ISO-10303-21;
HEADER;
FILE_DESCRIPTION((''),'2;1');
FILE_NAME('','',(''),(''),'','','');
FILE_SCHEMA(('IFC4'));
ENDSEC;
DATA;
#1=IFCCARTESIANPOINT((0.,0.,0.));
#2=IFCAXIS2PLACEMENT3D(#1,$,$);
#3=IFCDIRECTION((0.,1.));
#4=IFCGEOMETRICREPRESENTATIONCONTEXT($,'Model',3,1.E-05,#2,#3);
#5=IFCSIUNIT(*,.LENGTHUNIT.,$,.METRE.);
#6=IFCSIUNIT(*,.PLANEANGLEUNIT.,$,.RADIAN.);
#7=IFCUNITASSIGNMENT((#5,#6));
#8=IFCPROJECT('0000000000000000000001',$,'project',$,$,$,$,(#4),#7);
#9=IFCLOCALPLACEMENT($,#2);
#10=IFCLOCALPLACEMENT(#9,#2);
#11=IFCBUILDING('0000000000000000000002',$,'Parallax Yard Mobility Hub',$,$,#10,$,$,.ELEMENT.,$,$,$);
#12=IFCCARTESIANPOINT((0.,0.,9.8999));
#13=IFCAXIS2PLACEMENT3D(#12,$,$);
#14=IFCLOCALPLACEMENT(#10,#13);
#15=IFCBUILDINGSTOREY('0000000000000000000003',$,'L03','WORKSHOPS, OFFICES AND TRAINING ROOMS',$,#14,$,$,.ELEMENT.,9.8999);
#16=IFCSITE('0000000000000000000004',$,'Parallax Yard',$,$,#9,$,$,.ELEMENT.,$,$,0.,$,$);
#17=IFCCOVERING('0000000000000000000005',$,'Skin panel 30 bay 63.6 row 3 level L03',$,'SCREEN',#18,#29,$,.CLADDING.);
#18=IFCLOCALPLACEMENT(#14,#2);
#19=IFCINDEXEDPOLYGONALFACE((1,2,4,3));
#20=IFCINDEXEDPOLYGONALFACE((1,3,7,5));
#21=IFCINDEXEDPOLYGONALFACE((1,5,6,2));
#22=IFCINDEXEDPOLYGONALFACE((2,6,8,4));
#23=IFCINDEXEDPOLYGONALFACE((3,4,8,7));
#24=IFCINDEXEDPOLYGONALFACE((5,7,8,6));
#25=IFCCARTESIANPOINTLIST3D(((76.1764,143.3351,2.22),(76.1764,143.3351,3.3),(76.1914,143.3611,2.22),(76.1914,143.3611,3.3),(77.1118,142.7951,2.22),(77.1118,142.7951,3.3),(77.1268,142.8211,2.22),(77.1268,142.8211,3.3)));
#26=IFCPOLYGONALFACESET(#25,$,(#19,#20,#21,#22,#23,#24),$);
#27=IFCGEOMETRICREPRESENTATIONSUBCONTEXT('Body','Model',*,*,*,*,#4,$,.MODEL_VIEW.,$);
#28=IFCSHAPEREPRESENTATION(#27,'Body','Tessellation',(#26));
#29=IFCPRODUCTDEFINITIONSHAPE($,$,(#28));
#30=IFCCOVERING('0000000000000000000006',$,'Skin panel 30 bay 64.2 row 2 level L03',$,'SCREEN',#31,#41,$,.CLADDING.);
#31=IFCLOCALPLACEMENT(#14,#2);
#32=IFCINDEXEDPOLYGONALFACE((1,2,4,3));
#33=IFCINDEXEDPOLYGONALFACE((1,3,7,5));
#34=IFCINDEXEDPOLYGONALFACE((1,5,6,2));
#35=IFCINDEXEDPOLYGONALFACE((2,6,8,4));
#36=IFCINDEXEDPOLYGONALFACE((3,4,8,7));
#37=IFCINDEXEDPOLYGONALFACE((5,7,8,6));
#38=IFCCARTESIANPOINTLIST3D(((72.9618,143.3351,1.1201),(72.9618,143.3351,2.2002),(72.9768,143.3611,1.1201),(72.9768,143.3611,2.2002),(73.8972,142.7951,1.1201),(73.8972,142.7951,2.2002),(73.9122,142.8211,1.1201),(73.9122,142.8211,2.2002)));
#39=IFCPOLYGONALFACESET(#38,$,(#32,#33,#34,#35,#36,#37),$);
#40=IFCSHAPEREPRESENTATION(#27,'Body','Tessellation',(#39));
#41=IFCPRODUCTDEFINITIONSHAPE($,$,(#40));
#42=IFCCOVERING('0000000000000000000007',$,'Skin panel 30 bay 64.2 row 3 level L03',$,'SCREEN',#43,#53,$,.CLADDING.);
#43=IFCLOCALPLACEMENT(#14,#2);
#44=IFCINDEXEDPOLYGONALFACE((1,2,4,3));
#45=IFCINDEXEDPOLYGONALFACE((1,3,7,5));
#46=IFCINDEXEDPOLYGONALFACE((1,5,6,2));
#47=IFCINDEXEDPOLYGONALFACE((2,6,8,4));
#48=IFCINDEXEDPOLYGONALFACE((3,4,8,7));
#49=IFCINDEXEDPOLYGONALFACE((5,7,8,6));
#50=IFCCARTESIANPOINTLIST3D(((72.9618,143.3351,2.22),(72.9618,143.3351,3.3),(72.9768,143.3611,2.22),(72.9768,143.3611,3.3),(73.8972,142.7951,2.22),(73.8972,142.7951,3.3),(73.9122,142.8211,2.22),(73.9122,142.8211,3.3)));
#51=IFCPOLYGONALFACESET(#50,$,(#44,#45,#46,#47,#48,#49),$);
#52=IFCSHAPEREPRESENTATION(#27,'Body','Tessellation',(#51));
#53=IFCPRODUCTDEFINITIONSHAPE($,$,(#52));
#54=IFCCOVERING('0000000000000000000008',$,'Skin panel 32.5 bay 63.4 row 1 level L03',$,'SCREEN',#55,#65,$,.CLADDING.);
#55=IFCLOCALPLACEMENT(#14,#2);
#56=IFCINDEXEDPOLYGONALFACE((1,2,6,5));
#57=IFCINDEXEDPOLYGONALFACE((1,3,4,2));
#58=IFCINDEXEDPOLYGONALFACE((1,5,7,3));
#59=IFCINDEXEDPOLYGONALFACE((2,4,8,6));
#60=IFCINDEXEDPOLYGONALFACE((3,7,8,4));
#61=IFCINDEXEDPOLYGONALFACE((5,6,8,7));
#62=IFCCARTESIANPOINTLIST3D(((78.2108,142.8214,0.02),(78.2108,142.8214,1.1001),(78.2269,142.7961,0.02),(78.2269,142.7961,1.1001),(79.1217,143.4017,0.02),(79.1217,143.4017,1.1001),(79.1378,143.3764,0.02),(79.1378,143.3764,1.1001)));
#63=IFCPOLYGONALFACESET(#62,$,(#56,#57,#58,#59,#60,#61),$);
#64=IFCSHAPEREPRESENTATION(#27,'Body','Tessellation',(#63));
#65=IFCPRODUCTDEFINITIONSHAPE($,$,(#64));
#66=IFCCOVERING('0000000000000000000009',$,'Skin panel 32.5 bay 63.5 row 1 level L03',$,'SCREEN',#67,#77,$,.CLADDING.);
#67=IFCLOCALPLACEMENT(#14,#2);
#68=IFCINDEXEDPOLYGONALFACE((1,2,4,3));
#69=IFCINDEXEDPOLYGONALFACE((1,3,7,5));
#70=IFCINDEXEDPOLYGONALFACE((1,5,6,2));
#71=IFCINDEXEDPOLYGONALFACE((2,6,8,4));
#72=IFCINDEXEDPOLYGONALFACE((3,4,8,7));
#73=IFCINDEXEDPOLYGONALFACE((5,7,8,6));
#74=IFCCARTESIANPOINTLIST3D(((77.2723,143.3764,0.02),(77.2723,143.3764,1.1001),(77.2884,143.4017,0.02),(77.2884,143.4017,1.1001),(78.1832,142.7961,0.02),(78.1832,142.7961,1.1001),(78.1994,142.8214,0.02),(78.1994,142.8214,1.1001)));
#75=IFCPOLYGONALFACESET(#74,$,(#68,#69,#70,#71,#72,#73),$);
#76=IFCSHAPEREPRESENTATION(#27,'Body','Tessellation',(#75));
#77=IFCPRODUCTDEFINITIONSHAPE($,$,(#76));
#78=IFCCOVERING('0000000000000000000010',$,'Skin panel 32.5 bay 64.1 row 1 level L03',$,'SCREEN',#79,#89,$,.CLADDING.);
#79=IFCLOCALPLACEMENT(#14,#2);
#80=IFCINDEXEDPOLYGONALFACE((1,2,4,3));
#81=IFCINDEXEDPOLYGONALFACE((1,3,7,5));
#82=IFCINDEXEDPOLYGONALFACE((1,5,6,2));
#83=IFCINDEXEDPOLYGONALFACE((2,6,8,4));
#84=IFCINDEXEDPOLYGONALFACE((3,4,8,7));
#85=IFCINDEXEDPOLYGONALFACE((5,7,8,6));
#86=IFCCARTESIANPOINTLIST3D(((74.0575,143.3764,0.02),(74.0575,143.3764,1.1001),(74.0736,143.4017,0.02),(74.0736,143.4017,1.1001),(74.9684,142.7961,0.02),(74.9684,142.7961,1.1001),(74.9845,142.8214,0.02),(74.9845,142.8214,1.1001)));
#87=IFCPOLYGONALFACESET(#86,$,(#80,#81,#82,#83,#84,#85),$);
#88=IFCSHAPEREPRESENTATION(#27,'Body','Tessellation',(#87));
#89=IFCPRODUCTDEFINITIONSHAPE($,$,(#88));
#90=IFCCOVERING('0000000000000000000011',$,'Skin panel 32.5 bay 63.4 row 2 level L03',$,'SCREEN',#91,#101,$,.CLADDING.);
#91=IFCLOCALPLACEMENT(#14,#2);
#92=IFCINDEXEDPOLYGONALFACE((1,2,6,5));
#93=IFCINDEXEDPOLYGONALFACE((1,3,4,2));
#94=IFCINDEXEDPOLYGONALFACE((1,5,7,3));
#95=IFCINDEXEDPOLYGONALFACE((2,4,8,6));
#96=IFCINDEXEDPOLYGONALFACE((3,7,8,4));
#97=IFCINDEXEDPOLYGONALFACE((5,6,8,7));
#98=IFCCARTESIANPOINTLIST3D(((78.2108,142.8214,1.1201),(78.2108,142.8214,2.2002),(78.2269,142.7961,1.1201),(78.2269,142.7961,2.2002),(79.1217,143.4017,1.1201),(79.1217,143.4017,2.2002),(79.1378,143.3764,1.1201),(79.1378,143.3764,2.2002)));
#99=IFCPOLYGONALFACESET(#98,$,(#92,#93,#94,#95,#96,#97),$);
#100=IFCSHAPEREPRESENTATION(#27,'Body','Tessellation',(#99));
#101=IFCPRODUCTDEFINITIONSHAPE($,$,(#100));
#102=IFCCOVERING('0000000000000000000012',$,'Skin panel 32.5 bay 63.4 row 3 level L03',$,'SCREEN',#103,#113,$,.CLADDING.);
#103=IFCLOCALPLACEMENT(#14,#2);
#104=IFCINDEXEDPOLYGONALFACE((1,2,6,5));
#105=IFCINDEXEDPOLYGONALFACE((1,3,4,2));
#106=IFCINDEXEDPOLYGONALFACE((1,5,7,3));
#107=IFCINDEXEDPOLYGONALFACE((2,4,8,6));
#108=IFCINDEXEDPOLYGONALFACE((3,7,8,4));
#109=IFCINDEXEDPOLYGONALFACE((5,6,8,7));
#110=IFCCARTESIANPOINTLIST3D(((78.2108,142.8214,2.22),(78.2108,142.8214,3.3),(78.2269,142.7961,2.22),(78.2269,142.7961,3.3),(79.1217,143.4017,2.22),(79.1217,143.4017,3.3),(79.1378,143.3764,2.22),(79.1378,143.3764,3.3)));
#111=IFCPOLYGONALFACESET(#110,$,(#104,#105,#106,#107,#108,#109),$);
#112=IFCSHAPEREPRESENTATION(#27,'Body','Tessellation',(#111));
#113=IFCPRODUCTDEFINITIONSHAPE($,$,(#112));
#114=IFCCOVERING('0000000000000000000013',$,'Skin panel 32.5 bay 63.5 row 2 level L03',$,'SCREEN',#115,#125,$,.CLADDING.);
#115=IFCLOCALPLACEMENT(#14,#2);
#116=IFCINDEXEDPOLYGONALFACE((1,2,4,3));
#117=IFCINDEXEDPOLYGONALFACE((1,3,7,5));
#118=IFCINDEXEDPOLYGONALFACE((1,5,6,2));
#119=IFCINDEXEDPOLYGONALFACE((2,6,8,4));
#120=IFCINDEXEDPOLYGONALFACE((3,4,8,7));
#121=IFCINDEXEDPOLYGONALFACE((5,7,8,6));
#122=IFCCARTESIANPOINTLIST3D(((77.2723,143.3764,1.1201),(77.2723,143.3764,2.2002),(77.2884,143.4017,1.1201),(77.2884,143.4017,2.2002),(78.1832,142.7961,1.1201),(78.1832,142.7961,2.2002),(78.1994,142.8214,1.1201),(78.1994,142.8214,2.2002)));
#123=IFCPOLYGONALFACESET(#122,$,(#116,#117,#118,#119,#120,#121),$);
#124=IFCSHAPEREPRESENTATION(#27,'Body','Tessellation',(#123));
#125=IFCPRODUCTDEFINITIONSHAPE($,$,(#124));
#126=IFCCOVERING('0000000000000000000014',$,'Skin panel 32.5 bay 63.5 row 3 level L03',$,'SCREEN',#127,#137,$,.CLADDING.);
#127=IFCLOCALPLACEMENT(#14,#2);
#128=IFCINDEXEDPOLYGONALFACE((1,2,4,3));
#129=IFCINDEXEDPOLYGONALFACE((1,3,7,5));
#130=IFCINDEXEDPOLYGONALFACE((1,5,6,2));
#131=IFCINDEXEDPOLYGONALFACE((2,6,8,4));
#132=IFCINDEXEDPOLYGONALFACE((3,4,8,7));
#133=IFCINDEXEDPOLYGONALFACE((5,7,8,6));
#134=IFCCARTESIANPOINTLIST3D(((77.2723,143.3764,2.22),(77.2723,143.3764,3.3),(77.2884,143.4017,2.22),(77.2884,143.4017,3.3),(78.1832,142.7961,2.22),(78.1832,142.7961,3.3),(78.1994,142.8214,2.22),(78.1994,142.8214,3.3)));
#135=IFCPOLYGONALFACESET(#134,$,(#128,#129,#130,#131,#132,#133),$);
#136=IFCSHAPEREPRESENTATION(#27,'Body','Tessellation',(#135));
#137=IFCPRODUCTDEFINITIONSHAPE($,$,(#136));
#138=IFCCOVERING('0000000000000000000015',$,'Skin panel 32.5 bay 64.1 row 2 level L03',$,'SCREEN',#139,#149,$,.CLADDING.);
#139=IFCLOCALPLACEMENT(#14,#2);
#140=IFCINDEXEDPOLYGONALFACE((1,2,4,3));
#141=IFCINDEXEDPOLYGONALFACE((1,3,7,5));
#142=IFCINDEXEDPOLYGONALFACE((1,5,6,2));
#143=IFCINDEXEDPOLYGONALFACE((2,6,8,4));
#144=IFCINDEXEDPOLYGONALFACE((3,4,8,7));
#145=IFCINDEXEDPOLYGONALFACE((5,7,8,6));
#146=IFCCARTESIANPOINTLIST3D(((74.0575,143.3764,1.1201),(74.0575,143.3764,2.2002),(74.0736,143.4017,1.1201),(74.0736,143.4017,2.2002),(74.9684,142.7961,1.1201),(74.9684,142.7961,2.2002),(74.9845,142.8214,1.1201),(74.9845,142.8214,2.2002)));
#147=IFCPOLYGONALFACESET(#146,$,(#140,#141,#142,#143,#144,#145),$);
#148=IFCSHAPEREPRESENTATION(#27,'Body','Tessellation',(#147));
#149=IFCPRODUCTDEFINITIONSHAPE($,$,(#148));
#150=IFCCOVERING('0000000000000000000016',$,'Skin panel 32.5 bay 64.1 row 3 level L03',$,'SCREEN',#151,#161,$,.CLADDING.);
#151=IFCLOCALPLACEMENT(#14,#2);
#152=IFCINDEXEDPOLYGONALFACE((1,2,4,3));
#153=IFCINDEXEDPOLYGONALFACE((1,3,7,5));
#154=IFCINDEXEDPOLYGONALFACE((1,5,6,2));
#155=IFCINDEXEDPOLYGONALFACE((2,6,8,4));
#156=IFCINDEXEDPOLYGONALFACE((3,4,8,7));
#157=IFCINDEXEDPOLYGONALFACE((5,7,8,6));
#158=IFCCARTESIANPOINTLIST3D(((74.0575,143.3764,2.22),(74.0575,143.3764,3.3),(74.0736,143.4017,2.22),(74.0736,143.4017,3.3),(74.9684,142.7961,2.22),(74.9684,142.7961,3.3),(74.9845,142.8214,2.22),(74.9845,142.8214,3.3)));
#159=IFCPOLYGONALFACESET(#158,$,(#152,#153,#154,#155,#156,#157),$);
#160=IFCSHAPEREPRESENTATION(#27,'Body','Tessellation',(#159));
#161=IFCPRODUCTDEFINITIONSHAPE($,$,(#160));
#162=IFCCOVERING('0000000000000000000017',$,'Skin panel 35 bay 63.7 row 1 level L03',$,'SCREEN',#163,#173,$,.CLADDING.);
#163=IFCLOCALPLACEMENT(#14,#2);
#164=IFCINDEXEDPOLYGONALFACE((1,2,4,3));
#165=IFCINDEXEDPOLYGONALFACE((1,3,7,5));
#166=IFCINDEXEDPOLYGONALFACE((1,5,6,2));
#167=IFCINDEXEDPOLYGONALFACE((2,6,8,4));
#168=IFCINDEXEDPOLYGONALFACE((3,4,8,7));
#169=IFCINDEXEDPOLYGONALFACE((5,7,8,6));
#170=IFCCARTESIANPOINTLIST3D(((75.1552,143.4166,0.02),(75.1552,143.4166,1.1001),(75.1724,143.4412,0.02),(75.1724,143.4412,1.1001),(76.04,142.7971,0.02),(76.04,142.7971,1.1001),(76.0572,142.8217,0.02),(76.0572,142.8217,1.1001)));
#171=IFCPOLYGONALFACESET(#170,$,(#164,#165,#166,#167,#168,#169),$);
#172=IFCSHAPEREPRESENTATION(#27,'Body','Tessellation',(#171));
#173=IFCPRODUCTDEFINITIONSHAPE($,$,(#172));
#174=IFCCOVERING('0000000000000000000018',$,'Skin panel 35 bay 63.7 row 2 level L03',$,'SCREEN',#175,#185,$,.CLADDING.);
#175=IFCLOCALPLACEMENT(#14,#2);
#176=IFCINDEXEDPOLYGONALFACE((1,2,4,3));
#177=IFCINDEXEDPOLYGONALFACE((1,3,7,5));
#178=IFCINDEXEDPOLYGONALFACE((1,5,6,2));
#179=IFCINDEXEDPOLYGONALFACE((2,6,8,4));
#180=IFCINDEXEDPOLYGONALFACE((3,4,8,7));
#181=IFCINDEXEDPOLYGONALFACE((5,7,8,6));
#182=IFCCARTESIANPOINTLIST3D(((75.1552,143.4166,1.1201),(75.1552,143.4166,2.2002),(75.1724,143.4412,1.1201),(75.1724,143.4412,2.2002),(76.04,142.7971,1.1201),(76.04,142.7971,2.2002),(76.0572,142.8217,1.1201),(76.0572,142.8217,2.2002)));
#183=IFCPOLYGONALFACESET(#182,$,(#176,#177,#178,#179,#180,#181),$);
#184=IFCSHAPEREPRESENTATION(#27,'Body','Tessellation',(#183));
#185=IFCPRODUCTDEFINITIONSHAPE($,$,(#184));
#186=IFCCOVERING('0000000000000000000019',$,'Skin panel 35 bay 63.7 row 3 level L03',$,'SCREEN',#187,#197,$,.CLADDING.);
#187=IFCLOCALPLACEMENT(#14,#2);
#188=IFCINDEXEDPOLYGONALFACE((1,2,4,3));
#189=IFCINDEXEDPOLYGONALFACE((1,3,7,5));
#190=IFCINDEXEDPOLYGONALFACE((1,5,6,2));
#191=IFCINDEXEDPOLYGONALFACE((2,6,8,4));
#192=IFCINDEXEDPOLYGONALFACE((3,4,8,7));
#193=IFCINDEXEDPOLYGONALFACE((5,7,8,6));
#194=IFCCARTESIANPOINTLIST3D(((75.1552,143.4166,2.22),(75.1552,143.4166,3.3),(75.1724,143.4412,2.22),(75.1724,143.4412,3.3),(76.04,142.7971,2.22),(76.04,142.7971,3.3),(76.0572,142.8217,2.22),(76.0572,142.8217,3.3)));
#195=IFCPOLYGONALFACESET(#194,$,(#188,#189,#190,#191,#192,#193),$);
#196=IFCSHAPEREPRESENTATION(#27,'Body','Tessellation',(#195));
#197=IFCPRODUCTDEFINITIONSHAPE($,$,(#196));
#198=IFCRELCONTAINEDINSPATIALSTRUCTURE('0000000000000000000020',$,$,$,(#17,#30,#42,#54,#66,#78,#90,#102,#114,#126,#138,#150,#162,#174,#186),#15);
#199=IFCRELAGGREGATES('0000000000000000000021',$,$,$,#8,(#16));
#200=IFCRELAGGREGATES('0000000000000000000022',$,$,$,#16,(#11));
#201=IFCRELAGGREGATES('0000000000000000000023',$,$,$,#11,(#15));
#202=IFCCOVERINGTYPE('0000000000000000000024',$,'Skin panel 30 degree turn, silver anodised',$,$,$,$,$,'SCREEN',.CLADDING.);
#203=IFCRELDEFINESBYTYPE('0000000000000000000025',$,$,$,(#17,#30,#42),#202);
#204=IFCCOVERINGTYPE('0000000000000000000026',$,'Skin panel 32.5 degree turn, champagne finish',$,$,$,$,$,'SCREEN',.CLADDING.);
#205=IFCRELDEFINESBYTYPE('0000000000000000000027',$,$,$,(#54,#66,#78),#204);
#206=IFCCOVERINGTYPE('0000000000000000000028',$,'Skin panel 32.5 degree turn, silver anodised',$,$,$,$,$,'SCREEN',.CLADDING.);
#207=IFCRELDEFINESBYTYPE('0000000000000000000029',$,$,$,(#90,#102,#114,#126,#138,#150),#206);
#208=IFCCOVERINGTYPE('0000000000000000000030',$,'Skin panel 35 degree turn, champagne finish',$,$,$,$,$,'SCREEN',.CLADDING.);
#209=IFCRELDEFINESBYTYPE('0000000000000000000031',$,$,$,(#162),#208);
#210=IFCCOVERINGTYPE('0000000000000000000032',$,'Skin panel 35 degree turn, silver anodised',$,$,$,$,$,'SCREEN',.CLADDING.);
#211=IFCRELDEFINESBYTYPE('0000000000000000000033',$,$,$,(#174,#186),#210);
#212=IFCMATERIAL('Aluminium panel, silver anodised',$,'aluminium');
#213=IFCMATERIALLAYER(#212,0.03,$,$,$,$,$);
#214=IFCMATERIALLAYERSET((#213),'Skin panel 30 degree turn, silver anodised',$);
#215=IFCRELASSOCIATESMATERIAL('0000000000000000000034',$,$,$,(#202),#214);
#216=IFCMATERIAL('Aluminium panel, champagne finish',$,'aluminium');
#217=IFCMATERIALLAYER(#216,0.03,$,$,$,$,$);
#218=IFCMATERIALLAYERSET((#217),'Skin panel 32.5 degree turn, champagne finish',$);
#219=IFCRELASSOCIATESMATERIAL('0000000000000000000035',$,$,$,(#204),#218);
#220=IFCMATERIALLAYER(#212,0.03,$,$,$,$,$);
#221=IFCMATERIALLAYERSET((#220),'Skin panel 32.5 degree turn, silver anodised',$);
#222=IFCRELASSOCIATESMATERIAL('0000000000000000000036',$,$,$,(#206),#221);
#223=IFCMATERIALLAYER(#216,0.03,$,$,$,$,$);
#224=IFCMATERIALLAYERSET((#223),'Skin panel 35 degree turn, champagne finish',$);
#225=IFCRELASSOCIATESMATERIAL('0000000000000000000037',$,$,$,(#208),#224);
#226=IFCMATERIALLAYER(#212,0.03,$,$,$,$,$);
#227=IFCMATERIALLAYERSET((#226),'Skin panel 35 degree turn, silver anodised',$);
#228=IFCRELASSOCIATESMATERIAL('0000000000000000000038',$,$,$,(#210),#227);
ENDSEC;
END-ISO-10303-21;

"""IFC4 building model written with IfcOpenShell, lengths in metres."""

from ifc_helpers import new_model, si_unit, direction, frame, origin, origin_2d, place, context, subcontext, project, spatial, rectangle, extrude, material, layer, layer_set, type_object, element, save


model = new_model("IFC4")

# Units and contexts
model_context = context("Model", 3, precision=1e-05, world=origin(), true_north=direction((0.0, 1.0)))
body_context = subcontext(model_context, "Body", "Model", "MODEL_VIEW")
ifc_project = project(units=[si_unit("LENGTHUNIT", "METRE"), si_unit("PLANEANGLEUNIT", "RADIAN")], contexts=[model_context])

# Site, building, storey
site_placement = place(None, origin())
site = spatial("IfcSite", under=ifc_project, at=site_placement, Name="Parallax Yard", CompositionType="ELEMENT", RefElevation=0.0)
building_placement = place(site_placement, origin())
building = spatial("IfcBuilding", under=site, at=building_placement, Name="Parallax Yard Mobility Hub", CompositionType="ELEMENT")
storey_placement = place(building_placement, frame((0.0, 0.0, 9.8999)))
storey = spatial("IfcBuildingStorey", under=building, at=storey_placement, Name="L03", Description="WORKSHOPS, OFFICES AND TRAINING ROOMS", CompositionType="ELEMENT", Elevation=9.8999)

# Coverings
ifc_material_1 = material(Name="Aluminium panel, silver anodised", Category="aluminium")
ifc_material_2 = material(Name="Aluminium panel, champagne finish", Category="aluminium")
ifc_layer_1 = layer(ifc_material_1, 0.03)
ifc_layer_set_1 = layer_set([ifc_layer_1], Name="Skin panel 30 degree turn, silver anodised")
covering_type_1 = type_object("IfcCoveringType", Name="Skin panel 30 degree turn, silver anodised", ElementType="SCREEN", PredefinedType="CLADDING", material=ifc_layer_set_1)
for number, where, z_axis, x_axis, name in (
    (1, (76.6516, 143.0781, 2.22), (0.0, 0.0, 1.0), (-0.866025, 0.5, 0.0), "Skin panel 30 bay 63.6 row 3 level L03"),
    (2, (73.437, 143.0781, 1.1201), (0.0, 0.0, 1.0), (-0.866025, 0.5, 0.0), "Skin panel 30 bay 64.2 row 2 level L03"),
    (3, (73.437, 143.0781, 2.22), (0.0, 0.0, 1.0), (-0.866025, 0.5, 0.0), "Skin panel 30 bay 64.2 row 3 level L03"),
):
    element("IfcCovering", number, at=place(storey_placement, frame(where, z_axis=z_axis, x_axis=x_axis)), inside=storey, type_object=covering_type_1, Name=name, ObjectType="SCREEN", PredefinedType="CLADDING", context=body_context, shape_type="SweptSolid", body=[
        extrude(rectangle(XDim=1.0801, YDim=0.03, at=origin_2d()), origin(), (0.0, 0.0, 1.0), 1.0801),
    ])
ifc_layer_2 = layer(ifc_material_2, 0.03)
ifc_layer_set_2 = layer_set([ifc_layer_2], Name="Skin panel 32.5 degree turn, champagne finish")
covering_type_2 = type_object("IfcCoveringType", Name="Skin panel 32.5 degree turn, champagne finish", ElementType="SCREEN", PredefinedType="CLADDING", material=ifc_layer_set_2)
for number, where, z_axis, x_axis, name in (
    (4, (78.6743, 143.0989, 0.02), (0.0, 0.0, 1.0), (0.843391, 0.5373, 0.0), "Skin panel 32.5 bay 63.4 row 1 level L03"),
    (5, (77.7358, 143.0989, 0.02), (0.0, 0.0, 1.0), (-0.843391, 0.5373, 0.0), "Skin panel 32.5 bay 63.5 row 1 level L03"),
    (6, (74.521, 143.0989, 0.02), (0.0, 0.0, 1.0), (-0.843391, 0.5373, 0.0), "Skin panel 32.5 bay 64.1 row 1 level L03"),
):
    element("IfcCovering", number, at=place(storey_placement, frame(where, z_axis=z_axis, x_axis=x_axis)), inside=storey, type_object=covering_type_2, Name=name, ObjectType="SCREEN", PredefinedType="CLADDING", context=body_context, shape_type="SweptSolid", body=[
        extrude(rectangle(XDim=1.0801, YDim=0.03, at=origin_2d()), origin(), (0.0, 0.0, 1.0), 1.0801),
    ])
ifc_layer_3 = layer(ifc_material_1, 0.03)
ifc_layer_set_3 = layer_set([ifc_layer_3], Name="Skin panel 32.5 degree turn, silver anodised")
covering_type_3 = type_object("IfcCoveringType", Name="Skin panel 32.5 degree turn, silver anodised", ElementType="SCREEN", PredefinedType="CLADDING", material=ifc_layer_set_3)
for number, where, z_axis, x_axis, name in (
    (7, (78.6743, 143.0989, 1.1201), (0.0, 0.0, 1.0), (0.843391, 0.5373, 0.0), "Skin panel 32.5 bay 63.4 row 2 level L03"),
    (8, (78.6743, 143.0989, 2.22), (0.0, 0.0, 1.0), (0.843391, 0.5373, 0.0), "Skin panel 32.5 bay 63.4 row 3 level L03"),
    (9, (77.7358, 143.0989, 1.1201), (0.0, 0.0, 1.0), (-0.843391, 0.5373, 0.0), "Skin panel 32.5 bay 63.5 row 2 level L03"),
    (10, (77.7358, 143.0989, 2.22), (0.0, 0.0, 1.0), (-0.843391, 0.5373, 0.0), "Skin panel 32.5 bay 63.5 row 3 level L03"),
    (11, (74.521, 143.0989, 1.1201), (0.0, 0.0, 1.0), (-0.843391, 0.5373, 0.0), "Skin panel 32.5 bay 64.1 row 2 level L03"),
    (12, (74.521, 143.0989, 2.22), (0.0, 0.0, 1.0), (-0.843391, 0.5373, 0.0), "Skin panel 32.5 bay 64.1 row 3 level L03"),
):
    element("IfcCovering", number, at=place(storey_placement, frame(where, z_axis=z_axis, x_axis=x_axis)), inside=storey, type_object=covering_type_3, Name=name, ObjectType="SCREEN", PredefinedType="CLADDING", context=body_context, shape_type="SweptSolid", body=[
        extrude(rectangle(XDim=1.0801, YDim=0.03, at=origin_2d()), origin(), (0.0, 0.0, 1.0), 1.0801),
    ])
ifc_layer_4 = layer(ifc_material_2, 0.03)
ifc_layer_set_4 = layer_set([ifc_layer_4], Name="Skin panel 35 degree turn, champagne finish")
covering_type_4 = type_object("IfcCoveringType", Name="Skin panel 35 degree turn, champagne finish", ElementType="SCREEN", PredefinedType="CLADDING", material=ifc_layer_set_4)
covering_1_placement = place(storey_placement, frame((75.6062, 143.1191, 0.02), z_axis=(0.0, 0.0, 1.0), x_axis=(-0.819152, 0.573576, 0.0)))
element("IfcCovering", 13, at=covering_1_placement, inside=storey, type_object=covering_type_4, Name="Skin panel 35 bay 63.7 row 1 level L03", ObjectType="SCREEN", PredefinedType="CLADDING", context=body_context, shape_type="SweptSolid", body=[
    extrude(rectangle(XDim=1.0801, YDim=0.03, at=origin_2d()), origin(), (0.0, 0.0, 1.0), 1.0801),
])
ifc_layer_5 = layer(ifc_material_1, 0.03)
ifc_layer_set_5 = layer_set([ifc_layer_5], Name="Skin panel 35 degree turn, silver anodised")
covering_type_5 = type_object("IfcCoveringType", Name="Skin panel 35 degree turn, silver anodised", ElementType="SCREEN", PredefinedType="CLADDING", material=ifc_layer_set_5)
for number, where, z_axis, x_axis, name in (
    (14, (75.6062, 143.1191, 1.1201), (0.0, 0.0, 1.0), (-0.819152, 0.573576, 0.0), "Skin panel 35 bay 63.7 row 2 level L03"),
    (15, (75.6062, 143.1191, 2.22), (0.0, 0.0, 1.0), (-0.819152, 0.573576, 0.0), "Skin panel 35 bay 63.7 row 3 level L03"),
):
    element("IfcCovering", number, at=place(storey_placement, frame(where, z_axis=z_axis, x_axis=x_axis)), inside=storey, type_object=covering_type_5, Name=name, ObjectType="SCREEN", PredefinedType="CLADDING", context=body_context, shape_type="SweptSolid", body=[
        extrude(rectangle(XDim=1.0801, YDim=0.03, at=origin_2d()), origin(), (0.0, 0.0, 1.0), 1.0801),
    ])

save(model, "model.ifc")
